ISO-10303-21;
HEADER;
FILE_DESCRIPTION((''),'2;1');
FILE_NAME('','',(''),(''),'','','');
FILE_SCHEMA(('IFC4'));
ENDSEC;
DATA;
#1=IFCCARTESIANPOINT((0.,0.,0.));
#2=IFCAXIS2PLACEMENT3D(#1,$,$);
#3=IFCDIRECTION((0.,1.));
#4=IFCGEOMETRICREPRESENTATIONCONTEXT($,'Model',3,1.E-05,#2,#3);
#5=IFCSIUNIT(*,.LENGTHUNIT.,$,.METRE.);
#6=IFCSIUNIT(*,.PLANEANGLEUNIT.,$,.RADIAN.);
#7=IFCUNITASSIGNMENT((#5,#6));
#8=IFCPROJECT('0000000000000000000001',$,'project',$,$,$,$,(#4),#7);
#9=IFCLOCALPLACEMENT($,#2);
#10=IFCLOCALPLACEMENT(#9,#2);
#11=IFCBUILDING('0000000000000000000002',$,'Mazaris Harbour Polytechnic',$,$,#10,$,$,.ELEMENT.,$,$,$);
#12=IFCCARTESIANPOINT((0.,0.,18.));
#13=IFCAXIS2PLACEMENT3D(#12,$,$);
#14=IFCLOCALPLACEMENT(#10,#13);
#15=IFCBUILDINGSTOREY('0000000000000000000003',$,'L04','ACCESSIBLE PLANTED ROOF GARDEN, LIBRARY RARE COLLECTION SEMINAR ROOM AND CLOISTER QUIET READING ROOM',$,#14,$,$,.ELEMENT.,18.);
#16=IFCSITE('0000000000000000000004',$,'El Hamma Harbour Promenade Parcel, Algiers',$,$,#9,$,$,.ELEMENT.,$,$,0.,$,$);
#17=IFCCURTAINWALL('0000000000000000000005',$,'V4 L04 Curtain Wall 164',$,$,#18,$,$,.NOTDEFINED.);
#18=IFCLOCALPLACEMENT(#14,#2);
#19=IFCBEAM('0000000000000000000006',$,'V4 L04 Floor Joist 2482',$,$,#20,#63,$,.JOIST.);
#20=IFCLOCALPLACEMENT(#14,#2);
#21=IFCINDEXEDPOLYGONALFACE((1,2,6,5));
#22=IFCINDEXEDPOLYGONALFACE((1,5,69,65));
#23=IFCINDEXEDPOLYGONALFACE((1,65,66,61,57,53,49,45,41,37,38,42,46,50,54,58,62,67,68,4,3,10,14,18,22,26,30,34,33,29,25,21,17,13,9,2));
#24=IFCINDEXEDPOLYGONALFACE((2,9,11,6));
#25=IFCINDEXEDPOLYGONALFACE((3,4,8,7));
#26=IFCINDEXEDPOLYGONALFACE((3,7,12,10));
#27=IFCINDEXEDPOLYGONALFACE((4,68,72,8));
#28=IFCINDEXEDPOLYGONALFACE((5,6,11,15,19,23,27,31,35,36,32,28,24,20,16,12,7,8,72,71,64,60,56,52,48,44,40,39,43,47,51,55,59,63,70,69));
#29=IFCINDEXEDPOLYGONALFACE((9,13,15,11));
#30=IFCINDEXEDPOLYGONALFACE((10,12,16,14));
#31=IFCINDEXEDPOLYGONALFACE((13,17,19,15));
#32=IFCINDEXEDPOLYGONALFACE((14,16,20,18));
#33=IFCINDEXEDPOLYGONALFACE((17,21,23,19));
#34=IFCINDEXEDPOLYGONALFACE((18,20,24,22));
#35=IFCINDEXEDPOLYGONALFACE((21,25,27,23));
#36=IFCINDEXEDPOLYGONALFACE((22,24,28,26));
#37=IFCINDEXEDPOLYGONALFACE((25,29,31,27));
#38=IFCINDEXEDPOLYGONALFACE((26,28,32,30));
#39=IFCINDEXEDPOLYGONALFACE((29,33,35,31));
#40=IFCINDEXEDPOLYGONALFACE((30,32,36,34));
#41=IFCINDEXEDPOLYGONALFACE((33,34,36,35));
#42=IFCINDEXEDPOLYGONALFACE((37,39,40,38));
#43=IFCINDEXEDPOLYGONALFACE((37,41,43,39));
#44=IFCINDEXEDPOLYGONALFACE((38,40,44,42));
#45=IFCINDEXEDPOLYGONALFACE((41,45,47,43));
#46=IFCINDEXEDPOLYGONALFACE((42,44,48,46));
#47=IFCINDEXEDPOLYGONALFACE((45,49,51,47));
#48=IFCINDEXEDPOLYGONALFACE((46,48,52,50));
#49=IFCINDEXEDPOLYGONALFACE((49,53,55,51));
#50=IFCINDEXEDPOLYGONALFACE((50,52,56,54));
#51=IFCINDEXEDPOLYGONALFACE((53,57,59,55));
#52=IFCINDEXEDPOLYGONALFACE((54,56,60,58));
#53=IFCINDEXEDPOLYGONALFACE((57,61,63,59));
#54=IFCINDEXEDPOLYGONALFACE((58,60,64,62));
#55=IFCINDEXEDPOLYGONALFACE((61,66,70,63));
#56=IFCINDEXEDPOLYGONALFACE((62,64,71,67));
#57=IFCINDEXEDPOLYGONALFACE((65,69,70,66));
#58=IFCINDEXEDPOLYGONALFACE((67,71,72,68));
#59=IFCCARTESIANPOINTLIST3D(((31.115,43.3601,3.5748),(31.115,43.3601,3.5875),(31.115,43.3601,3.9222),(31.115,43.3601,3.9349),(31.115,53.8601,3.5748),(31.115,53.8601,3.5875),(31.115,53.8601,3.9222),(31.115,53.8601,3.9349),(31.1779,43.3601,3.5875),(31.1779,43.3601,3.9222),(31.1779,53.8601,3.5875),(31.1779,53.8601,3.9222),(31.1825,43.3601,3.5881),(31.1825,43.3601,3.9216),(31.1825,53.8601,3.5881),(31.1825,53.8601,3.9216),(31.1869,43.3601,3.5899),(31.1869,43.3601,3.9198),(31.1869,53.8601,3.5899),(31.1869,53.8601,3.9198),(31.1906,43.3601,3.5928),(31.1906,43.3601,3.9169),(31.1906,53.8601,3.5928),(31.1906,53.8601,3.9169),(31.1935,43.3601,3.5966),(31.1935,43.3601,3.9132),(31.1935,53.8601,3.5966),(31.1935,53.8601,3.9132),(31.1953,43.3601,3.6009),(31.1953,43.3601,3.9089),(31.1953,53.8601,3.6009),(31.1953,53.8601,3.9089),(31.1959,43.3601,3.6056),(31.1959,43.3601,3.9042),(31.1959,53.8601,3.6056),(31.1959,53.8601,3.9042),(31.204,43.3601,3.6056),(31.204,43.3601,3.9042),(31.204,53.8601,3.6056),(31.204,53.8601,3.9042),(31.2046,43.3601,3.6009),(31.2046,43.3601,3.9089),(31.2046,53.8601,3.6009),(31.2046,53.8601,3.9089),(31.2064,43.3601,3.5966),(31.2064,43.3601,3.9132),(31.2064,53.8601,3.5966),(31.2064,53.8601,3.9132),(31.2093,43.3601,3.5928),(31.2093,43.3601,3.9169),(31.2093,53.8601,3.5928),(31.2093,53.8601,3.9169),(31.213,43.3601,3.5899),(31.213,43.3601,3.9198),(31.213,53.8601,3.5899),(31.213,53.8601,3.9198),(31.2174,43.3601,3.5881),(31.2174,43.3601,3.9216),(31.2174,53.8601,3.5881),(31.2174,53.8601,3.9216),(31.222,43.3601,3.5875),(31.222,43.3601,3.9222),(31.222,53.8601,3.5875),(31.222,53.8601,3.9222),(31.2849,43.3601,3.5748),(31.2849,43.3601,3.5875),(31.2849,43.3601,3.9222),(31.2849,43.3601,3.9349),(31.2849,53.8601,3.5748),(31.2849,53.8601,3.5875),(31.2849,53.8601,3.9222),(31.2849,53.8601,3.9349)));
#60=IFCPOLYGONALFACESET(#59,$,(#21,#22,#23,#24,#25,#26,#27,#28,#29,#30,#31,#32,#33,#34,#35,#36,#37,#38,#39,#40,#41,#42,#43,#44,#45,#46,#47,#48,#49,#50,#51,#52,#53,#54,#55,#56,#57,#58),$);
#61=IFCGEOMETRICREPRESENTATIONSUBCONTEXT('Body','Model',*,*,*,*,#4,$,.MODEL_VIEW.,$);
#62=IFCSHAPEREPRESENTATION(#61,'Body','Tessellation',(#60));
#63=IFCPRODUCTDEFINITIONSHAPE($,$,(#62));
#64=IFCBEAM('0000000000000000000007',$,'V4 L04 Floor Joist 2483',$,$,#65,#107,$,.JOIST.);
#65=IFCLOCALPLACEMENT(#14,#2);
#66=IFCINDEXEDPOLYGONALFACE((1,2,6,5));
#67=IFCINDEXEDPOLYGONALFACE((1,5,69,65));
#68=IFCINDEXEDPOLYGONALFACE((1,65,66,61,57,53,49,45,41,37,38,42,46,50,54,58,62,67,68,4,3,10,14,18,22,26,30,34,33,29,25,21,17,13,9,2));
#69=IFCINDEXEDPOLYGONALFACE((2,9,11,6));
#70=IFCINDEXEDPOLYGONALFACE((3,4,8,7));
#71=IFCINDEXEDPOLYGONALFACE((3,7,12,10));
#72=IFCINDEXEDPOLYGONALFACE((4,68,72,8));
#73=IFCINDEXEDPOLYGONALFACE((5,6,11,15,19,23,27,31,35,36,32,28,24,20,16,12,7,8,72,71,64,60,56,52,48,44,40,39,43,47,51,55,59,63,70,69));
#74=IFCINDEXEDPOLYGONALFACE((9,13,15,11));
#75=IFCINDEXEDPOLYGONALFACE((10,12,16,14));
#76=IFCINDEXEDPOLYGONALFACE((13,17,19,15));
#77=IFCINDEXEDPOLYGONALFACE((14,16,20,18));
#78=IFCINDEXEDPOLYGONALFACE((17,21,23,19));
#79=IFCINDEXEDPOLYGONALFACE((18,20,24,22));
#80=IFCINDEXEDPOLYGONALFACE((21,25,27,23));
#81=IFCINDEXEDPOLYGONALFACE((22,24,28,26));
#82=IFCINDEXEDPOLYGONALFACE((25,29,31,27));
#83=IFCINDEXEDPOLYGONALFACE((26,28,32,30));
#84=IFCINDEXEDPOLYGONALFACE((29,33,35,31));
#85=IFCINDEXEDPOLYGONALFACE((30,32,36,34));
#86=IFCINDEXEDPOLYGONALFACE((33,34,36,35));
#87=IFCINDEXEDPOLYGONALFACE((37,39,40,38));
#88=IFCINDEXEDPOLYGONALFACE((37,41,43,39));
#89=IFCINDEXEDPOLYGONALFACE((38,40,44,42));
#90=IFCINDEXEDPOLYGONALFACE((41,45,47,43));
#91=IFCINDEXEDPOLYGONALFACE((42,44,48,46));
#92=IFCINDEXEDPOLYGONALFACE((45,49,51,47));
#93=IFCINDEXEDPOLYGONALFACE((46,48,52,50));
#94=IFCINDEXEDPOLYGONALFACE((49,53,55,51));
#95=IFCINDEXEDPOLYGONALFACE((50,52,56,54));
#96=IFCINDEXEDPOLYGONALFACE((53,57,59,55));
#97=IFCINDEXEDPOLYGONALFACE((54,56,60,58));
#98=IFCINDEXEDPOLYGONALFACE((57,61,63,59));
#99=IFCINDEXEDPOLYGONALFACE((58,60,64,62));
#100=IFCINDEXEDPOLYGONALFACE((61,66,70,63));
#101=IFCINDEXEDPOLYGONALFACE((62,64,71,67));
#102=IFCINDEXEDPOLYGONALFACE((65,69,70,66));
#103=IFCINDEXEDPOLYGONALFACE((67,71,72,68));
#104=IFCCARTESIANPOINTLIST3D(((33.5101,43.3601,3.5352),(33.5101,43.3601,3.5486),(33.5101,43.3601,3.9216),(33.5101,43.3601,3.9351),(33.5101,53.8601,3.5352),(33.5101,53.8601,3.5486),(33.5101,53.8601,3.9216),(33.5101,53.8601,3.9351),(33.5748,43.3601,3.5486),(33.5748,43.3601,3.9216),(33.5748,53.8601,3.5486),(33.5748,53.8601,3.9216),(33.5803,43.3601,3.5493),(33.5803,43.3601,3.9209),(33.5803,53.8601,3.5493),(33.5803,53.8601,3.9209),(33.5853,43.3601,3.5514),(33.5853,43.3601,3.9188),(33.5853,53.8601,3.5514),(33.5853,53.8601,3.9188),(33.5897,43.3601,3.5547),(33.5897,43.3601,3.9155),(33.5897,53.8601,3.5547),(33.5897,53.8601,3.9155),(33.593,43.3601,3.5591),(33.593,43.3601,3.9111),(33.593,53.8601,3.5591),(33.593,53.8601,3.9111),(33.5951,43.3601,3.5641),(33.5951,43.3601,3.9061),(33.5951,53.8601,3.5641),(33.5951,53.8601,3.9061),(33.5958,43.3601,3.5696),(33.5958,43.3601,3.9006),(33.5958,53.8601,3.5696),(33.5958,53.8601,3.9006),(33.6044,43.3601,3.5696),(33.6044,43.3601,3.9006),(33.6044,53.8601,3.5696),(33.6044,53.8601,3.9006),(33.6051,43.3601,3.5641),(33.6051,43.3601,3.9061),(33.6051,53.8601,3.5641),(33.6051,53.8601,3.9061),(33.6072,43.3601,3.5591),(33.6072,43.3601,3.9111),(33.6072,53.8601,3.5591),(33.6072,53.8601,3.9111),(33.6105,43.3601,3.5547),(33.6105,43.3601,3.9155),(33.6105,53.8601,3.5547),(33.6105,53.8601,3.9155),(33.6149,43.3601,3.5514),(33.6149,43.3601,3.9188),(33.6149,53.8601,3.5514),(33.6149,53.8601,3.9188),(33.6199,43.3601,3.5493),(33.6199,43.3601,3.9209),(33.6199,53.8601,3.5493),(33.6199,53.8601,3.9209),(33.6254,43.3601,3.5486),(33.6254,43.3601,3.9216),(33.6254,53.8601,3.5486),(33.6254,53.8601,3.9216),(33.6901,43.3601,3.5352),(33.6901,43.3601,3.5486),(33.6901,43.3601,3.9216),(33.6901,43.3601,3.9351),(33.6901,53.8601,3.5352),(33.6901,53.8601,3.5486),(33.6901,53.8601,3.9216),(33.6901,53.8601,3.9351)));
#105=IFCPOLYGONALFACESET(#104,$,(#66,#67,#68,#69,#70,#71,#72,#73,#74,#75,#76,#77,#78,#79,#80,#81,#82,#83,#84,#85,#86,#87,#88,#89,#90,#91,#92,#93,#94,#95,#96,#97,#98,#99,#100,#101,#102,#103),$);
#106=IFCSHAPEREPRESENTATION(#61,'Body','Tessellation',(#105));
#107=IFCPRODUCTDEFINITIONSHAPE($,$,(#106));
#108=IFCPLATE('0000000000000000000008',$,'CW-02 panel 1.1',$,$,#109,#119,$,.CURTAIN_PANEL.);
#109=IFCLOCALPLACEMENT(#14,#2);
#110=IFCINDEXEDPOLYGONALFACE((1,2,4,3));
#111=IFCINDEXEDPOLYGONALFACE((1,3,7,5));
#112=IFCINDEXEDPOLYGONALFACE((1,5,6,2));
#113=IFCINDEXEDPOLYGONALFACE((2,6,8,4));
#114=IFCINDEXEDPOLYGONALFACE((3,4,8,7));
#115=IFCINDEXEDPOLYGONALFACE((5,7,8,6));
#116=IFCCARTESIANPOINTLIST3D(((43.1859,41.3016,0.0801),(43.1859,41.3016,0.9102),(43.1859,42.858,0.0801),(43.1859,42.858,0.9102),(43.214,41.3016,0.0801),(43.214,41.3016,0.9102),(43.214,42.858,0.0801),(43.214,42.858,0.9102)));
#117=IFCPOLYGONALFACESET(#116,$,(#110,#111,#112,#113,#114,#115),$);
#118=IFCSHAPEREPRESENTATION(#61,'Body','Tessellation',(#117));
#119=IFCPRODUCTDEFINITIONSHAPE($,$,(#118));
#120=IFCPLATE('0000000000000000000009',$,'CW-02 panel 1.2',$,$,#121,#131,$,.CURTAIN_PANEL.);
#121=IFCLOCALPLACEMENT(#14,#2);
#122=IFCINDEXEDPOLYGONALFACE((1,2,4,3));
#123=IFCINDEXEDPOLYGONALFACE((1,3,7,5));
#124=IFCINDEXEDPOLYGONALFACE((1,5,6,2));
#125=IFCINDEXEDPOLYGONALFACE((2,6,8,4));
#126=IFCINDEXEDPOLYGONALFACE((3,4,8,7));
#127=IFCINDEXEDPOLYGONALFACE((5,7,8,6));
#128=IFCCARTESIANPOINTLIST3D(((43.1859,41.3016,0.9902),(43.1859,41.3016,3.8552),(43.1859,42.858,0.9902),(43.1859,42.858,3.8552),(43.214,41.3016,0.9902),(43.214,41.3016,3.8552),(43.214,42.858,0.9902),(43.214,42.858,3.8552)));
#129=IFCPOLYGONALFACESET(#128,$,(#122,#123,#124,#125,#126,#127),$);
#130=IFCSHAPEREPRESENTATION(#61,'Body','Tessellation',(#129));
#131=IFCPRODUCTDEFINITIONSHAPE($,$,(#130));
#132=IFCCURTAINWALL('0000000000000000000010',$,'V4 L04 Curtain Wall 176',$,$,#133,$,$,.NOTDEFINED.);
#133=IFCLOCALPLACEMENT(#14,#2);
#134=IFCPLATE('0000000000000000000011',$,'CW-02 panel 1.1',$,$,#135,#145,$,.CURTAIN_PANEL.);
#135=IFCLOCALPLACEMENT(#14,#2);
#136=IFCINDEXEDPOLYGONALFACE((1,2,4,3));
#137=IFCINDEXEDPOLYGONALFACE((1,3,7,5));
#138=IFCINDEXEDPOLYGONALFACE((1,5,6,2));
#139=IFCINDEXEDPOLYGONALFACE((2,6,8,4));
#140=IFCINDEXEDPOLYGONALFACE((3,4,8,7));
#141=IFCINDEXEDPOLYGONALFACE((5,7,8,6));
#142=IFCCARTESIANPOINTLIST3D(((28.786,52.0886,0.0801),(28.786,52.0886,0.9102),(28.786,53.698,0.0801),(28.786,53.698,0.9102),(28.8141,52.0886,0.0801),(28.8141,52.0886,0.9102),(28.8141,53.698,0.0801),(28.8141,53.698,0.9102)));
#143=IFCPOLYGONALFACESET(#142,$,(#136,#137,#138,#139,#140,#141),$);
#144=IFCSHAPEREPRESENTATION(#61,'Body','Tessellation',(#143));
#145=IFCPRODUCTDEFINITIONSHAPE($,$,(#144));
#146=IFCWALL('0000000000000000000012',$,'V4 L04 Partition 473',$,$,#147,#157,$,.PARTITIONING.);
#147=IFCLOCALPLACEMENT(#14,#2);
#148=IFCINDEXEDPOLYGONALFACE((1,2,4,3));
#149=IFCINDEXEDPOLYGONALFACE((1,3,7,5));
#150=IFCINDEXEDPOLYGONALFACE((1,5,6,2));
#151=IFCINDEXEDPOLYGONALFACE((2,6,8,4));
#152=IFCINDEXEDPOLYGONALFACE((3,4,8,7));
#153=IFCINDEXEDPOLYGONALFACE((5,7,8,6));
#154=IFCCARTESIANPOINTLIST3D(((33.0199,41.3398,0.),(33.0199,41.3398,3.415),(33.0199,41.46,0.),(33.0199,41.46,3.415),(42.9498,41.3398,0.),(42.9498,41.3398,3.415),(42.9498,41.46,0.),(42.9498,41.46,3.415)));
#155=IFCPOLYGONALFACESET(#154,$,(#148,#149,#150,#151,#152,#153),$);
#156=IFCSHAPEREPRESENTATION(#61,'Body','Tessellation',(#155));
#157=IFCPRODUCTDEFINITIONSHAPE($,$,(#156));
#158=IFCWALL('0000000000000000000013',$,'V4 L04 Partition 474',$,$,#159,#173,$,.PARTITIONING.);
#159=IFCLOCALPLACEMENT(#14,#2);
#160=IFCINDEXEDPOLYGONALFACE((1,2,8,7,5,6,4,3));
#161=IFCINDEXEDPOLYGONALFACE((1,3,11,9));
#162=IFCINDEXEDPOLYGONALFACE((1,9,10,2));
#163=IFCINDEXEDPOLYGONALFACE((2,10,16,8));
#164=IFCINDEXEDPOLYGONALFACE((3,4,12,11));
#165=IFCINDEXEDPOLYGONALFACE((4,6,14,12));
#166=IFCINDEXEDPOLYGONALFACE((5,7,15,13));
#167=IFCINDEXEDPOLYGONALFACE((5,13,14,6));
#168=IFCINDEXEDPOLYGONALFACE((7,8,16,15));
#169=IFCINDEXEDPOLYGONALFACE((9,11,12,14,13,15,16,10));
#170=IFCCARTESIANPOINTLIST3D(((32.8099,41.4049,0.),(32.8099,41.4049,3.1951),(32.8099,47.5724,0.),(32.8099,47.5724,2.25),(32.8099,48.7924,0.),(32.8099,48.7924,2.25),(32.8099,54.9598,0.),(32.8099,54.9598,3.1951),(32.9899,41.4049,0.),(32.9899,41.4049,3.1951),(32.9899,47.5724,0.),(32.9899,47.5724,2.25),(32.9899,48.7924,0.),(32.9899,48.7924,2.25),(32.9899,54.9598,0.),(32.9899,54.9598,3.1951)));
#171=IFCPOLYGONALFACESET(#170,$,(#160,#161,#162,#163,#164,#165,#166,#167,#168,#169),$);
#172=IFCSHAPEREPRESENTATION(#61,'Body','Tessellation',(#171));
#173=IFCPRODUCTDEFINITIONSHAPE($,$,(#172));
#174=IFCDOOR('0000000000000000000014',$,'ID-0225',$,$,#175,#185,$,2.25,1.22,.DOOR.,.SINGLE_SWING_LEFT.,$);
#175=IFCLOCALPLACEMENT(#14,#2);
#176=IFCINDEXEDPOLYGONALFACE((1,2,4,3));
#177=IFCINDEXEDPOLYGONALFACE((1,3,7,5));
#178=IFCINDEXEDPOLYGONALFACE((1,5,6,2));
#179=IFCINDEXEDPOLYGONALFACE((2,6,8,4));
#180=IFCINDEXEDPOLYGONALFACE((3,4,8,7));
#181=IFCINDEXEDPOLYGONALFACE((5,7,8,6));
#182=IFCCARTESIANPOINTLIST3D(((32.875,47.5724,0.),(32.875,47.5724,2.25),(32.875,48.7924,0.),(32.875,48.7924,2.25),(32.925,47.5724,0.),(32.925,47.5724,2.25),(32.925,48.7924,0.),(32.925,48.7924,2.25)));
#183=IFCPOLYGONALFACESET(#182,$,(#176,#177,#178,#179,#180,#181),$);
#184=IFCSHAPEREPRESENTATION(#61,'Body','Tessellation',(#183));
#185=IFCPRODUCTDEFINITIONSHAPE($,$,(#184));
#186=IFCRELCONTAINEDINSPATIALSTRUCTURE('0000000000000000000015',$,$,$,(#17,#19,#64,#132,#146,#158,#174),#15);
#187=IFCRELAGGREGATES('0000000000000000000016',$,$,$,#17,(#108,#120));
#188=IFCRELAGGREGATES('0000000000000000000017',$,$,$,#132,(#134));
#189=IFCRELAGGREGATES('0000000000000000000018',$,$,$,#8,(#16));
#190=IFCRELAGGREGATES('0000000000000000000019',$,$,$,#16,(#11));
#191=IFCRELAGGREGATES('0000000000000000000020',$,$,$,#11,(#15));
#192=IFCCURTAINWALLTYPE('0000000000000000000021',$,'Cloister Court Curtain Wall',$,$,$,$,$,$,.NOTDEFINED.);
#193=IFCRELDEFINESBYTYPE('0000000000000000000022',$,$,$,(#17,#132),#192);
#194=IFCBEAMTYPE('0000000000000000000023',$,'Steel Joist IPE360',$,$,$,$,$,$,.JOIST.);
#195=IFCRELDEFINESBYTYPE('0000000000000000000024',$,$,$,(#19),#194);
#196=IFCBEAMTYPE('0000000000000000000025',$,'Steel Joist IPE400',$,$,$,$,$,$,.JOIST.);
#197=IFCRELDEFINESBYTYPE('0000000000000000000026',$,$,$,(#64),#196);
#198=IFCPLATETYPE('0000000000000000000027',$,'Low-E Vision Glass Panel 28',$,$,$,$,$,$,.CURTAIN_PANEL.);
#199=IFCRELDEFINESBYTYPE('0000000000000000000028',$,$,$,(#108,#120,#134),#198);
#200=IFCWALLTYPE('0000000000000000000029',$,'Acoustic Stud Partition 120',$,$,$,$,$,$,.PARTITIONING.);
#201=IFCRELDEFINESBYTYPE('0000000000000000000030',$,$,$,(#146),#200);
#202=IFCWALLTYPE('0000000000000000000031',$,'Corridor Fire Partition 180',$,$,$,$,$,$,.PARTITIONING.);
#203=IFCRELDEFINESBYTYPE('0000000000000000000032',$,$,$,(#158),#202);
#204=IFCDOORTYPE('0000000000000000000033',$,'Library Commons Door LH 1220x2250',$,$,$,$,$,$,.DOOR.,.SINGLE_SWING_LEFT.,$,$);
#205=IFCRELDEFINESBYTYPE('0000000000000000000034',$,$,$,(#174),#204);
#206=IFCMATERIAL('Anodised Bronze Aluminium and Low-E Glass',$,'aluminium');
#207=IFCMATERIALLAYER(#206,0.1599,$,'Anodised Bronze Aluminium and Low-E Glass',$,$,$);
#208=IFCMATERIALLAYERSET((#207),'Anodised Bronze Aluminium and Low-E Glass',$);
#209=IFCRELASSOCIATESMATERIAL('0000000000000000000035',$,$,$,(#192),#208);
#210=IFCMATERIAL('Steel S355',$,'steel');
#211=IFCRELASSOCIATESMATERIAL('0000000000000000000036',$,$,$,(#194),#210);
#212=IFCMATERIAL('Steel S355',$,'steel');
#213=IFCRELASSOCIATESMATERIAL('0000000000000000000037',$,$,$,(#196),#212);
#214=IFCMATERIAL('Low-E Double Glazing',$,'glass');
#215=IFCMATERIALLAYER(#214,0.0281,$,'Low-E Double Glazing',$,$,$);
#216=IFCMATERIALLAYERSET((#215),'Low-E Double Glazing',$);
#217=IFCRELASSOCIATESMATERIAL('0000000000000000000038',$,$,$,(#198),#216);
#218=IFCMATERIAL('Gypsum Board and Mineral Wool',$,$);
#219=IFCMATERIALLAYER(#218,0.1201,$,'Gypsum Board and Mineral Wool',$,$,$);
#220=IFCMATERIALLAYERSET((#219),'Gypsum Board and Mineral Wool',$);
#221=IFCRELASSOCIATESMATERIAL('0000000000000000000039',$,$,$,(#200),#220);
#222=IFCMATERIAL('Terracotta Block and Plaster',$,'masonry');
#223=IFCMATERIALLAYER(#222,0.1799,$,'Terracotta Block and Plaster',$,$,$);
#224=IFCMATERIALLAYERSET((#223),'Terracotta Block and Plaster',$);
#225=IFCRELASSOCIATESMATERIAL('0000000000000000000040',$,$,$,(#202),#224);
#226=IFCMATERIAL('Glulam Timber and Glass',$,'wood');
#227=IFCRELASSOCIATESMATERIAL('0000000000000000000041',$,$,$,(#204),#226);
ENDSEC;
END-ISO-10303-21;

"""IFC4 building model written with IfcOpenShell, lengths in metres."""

from ifc_helpers import new_model, si_unit, direction, frame, frame_2d, origin, origin_2d, place, context, subcontext, project, spatial, rectangle, i_section, extrude, material, layer, layer_set, material_profile, profile_set, type_object, element, fill, aggregate, save


model = new_model("IFC4")

# Units and contexts
model_context = context("Model", 3, precision=1e-05, world=origin(), true_north=direction((0.0, 1.0)))
body_context = subcontext(model_context, "Body", "Model", "MODEL_VIEW")
ifc_project = project(units=[si_unit("LENGTHUNIT", "METRE"), si_unit("PLANEANGLEUNIT", "RADIAN")], contexts=[model_context])

# Site, building, storey
site_placement = place(None, origin())
site = spatial("IfcSite", under=ifc_project, at=site_placement, Name="El Hamma Harbour Promenade Parcel, Algiers", CompositionType="ELEMENT", RefElevation=0.0)
building_placement = place(site_placement, origin())
building = spatial("IfcBuilding", under=site, at=building_placement, Name="Mazaris Harbour Polytechnic", CompositionType="ELEMENT")
storey_placement = place(building_placement, frame((0.0, 0.0, 18.0)))
storey = spatial("IfcBuildingStorey", under=building, at=storey_placement, Name="L04", Description="ACCESSIBLE PLANTED ROOF GARDEN, LIBRARY RARE COLLECTION SEMINAR ROOM AND CLOISTER QUIET READING ROOM", CompositionType="ELEMENT", Elevation=18.0)

# Curtain wall
ifc_material_1 = material(Name="Anodised Bronze Aluminium and Low-E Glass", Category="aluminium")
ifc_layer_1 = layer(ifc_material_1, 0.1599, Name="Anodised Bronze Aluminium and Low-E Glass")
ifc_layer_set_1 = layer_set([ifc_layer_1], Name="Anodised Bronze Aluminium and Low-E Glass")
curtain_wall_type = type_object("IfcCurtainWallType", Name="Cloister Court Curtain Wall", PredefinedType="NOTDEFINED", material=ifc_layer_set_1)
curtain_wall_1_placement = place(storey_placement, origin())
curtain_wall_1 = element("IfcCurtainWall", 1, at=curtain_wall_1_placement, inside=storey, type_object=curtain_wall_type, Name="V4 L04 Curtain Wall 164", PredefinedType="NOTDEFINED")

# Beams
ifc_material_2 = material(Name="Steel S355", Category="steel")
ifc_material_profile_1 = material_profile(ifc_material_2, i_section(OverallWidth=0.1699, OverallDepth=0.3601, WebThickness=0.0081, FlangeThickness=0.0127, FilletRadius=0.0181, at=origin_2d()), Name="IPE 360")
ifc_profile_set_1 = profile_set([ifc_material_profile_1], Name="Steel S355")
beam_type_1 = type_object("IfcBeamType", Name="Steel Joist IPE360", PredefinedType="JOIST", material=ifc_profile_set_1)
beam_1_placement = place(storey_placement, frame((31.2, 43.3601, 3.7549), z_axis=(0.0, 1.0, 0.0), x_axis=(-1.0, 0.0, 0.0)))
element("IfcBeam", 2, at=beam_1_placement, inside=storey, type_object=beam_type_1, Name="V4 L04 Floor Joist 2482", PredefinedType="JOIST", context=body_context, shape_type="SweptSolid", body=[
    extrude(i_section(OverallWidth=0.1699, OverallDepth=0.3601, WebThickness=0.0081, FlangeThickness=0.0127, FilletRadius=0.0181, at=origin_2d()), origin(), (0.0, 0.0, 1.0), 10.5),
])
ifc_material_3 = material(Name="Steel S355", Category="steel")
ifc_material_profile_2 = material_profile(ifc_material_3, i_section(OverallWidth=0.1799, OverallDepth=0.3999, WebThickness=0.0085, FlangeThickness=0.0134, FilletRadius=0.021, at=origin_2d()), Name="IPE 400")
ifc_profile_set_2 = profile_set([ifc_material_profile_2], Name="Steel S355")
beam_type_2 = type_object("IfcBeamType", Name="Steel Joist IPE400", PredefinedType="JOIST", material=ifc_profile_set_2)
beam_2_placement = place(storey_placement, frame((33.6001, 43.3601, 3.7351), z_axis=(0.0, 1.0, 0.0), x_axis=(-1.0, 0.0, 0.0)))
element("IfcBeam", 3, at=beam_2_placement, inside=storey, type_object=beam_type_2, Name="V4 L04 Floor Joist 2483", PredefinedType="JOIST", context=body_context, shape_type="SweptSolid", body=[
    extrude(i_section(OverallWidth=0.1799, OverallDepth=0.3999, WebThickness=0.0085, FlangeThickness=0.0134, FilletRadius=0.021, at=origin_2d()), origin(), (0.0, 0.0, 1.0), 10.5),
])

# Plates
ifc_material_4 = material(Name="Low-E Double Glazing", Category="glass")
ifc_layer_2 = layer(ifc_material_4, 0.0281, Name="Low-E Double Glazing")
ifc_layer_set_2 = layer_set([ifc_layer_2], Name="Low-E Double Glazing")
plate_type = type_object("IfcPlateType", Name="Low-E Vision Glass Panel 28", PredefinedType="CURTAIN_PANEL", material=ifc_layer_set_2)
plate_1_placement = place(storey_placement, frame((43.2, 42.0798, 0.0801), z_axis=(0.0, 0.0, 1.0), x_axis=(0.0, -1.0, 0.0)))
plate_1 = element("IfcPlate", 4, at=plate_1_placement, type_object=plate_type, Name="CW-02 panel 1.1", PredefinedType="CURTAIN_PANEL", context=body_context, shape_type="SweptSolid", body=[
    extrude(rectangle(XDim=1.5564, YDim=0.0281, at=origin_2d()), origin(), (0.0, 0.0, 1.0), 0.8301),
])
plate_2_placement = place(storey_placement, frame((43.2, 42.0798, 0.9902), z_axis=(0.0, 0.0, 1.0), x_axis=(0.0, -1.0, 0.0)))
plate_2 = element("IfcPlate", 5, at=plate_2_placement, type_object=plate_type, Name="CW-02 panel 1.2", PredefinedType="CURTAIN_PANEL", context=body_context, shape_type="SweptSolid", body=[
    extrude(rectangle(XDim=1.5564, YDim=0.0281, at=origin_2d()), origin(), (0.0, 0.0, 1.0), 2.865),
])
aggregate(curtain_wall_1, [plate_1, plate_2])

# Curtain wall, plate
curtain_wall_2_placement = place(storey_placement, origin())
curtain_wall_2 = element("IfcCurtainWall", 6, at=curtain_wall_2_placement, inside=storey, type_object=curtain_wall_type, Name="V4 L04 Curtain Wall 176", PredefinedType="NOTDEFINED")
plate_3_placement = place(storey_placement, frame((28.8, 52.8933, 0.0801), z_axis=(0.0, 0.0, 1.0), x_axis=(0.0, -1.0, 0.0)))
plate_3 = element("IfcPlate", 7, at=plate_3_placement, type_object=plate_type, Name="CW-02 panel 1.1", PredefinedType="CURTAIN_PANEL", context=body_context, shape_type="SweptSolid", body=[
    extrude(rectangle(XDim=1.6094, YDim=0.0281, at=origin_2d()), origin(), (0.0, 0.0, 1.0), 0.8301),
])
aggregate(curtain_wall_2, [plate_3])

# Wall
ifc_material_5 = material(Name="Gypsum Board and Mineral Wool")
ifc_layer_3 = layer(ifc_material_5, 0.1201, Name="Gypsum Board and Mineral Wool")
ifc_layer_set_3 = layer_set([ifc_layer_3], Name="Gypsum Board and Mineral Wool")
wall_type_1 = type_object("IfcWallType", Name="Acoustic Stud Partition 120", PredefinedType="PARTITIONING", material=ifc_layer_set_3)
wall_1_placement = place(storey_placement, frame((33.02, 41.3999, 0.0), z_axis=(0.0, 0.0, 1.0), x_axis=(1.0, 0.0, 0.0)))
element("IfcWall", 8, at=wall_1_placement, inside=storey, type_object=wall_type_1, Name="V4 L04 Partition 473", PredefinedType="PARTITIONING", context=body_context, shape_type="SweptSolid", body=[
    extrude(rectangle(XDim=9.9299, YDim=0.1201, at=frame_2d((4.9648, 0.0))), origin(), (0.0, 0.0, 1.0), 3.415),
])

# Wall, opening, door
ifc_material_6 = material(Name="Terracotta Block and Plaster", Category="masonry")
ifc_layer_4 = layer(ifc_material_6, 0.1799, Name="Terracotta Block and Plaster")
ifc_layer_set_4 = layer_set([ifc_layer_4], Name="Terracotta Block and Plaster")
wall_type_2 = type_object("IfcWallType", Name="Corridor Fire Partition 180", PredefinedType="PARTITIONING", material=ifc_layer_set_4)
wall_2_placement = place(storey_placement, frame((32.8999, 41.405, 0.0), z_axis=(0.0, 0.0, 1.0), x_axis=(0.0, 1.0, 0.0)))
wall_2 = element("IfcWall", 9, at=wall_2_placement, inside=storey, type_object=wall_type_2, Name="V4 L04 Partition 474", PredefinedType="PARTITIONING", context=body_context, shape_type="SweptSolid", body=[
    extrude(rectangle(XDim=13.5549, YDim=0.1799, at=frame_2d((6.7773, 0.0))), origin(), (0.0, 0.0, 1.0), 3.1951),
])
opening_placement = place(wall_2_placement, frame((6.1675, 0.0, 0.0)))
opening = element("IfcOpeningElement", 10, at=opening_placement, cuts=wall_2, PredefinedType="OPENING", context=body_context, shape_type="SweptSolid", body=[
    extrude(rectangle(XDim=1.22, YDim=2.25, at=frame_2d((0.6099, 1.125))), frame((0.0, 0.0999, 0.0), z_axis=(0.0, -1.0, 0.0), x_axis=(1.0, 0.0, 0.0)), (0.0, 0.0, 1.0), 0.2),
])
ifc_material_7 = material(Name="Glulam Timber and Glass", Category="wood")
door_type = type_object("IfcDoorType", Name="Library Commons Door LH 1220x2250", OperationType="SINGLE_SWING_LEFT", PredefinedType="DOOR", material=ifc_material_7)
door_placement = place(opening_placement, origin())
door = element("IfcDoor", 11, at=door_placement, inside=storey, type_object=door_type, Name="ID-0225", OperationType="SINGLE_SWING_LEFT", OverallHeight=2.25, OverallWidth=1.22, PredefinedType="DOOR", context=body_context, shape_type="SweptSolid", body=[
    extrude(rectangle(XDim=1.22, YDim=2.25, at=frame_2d((0.6099, 1.125))), frame((0.0, 0.0249, 0.0), z_axis=(0.0, -1.0, 0.0), x_axis=(1.0, 0.0, 0.0)), (0.0, 0.0, 1.0), 0.05),
])
fill(opening, door)

save(model, "model.ifc")
